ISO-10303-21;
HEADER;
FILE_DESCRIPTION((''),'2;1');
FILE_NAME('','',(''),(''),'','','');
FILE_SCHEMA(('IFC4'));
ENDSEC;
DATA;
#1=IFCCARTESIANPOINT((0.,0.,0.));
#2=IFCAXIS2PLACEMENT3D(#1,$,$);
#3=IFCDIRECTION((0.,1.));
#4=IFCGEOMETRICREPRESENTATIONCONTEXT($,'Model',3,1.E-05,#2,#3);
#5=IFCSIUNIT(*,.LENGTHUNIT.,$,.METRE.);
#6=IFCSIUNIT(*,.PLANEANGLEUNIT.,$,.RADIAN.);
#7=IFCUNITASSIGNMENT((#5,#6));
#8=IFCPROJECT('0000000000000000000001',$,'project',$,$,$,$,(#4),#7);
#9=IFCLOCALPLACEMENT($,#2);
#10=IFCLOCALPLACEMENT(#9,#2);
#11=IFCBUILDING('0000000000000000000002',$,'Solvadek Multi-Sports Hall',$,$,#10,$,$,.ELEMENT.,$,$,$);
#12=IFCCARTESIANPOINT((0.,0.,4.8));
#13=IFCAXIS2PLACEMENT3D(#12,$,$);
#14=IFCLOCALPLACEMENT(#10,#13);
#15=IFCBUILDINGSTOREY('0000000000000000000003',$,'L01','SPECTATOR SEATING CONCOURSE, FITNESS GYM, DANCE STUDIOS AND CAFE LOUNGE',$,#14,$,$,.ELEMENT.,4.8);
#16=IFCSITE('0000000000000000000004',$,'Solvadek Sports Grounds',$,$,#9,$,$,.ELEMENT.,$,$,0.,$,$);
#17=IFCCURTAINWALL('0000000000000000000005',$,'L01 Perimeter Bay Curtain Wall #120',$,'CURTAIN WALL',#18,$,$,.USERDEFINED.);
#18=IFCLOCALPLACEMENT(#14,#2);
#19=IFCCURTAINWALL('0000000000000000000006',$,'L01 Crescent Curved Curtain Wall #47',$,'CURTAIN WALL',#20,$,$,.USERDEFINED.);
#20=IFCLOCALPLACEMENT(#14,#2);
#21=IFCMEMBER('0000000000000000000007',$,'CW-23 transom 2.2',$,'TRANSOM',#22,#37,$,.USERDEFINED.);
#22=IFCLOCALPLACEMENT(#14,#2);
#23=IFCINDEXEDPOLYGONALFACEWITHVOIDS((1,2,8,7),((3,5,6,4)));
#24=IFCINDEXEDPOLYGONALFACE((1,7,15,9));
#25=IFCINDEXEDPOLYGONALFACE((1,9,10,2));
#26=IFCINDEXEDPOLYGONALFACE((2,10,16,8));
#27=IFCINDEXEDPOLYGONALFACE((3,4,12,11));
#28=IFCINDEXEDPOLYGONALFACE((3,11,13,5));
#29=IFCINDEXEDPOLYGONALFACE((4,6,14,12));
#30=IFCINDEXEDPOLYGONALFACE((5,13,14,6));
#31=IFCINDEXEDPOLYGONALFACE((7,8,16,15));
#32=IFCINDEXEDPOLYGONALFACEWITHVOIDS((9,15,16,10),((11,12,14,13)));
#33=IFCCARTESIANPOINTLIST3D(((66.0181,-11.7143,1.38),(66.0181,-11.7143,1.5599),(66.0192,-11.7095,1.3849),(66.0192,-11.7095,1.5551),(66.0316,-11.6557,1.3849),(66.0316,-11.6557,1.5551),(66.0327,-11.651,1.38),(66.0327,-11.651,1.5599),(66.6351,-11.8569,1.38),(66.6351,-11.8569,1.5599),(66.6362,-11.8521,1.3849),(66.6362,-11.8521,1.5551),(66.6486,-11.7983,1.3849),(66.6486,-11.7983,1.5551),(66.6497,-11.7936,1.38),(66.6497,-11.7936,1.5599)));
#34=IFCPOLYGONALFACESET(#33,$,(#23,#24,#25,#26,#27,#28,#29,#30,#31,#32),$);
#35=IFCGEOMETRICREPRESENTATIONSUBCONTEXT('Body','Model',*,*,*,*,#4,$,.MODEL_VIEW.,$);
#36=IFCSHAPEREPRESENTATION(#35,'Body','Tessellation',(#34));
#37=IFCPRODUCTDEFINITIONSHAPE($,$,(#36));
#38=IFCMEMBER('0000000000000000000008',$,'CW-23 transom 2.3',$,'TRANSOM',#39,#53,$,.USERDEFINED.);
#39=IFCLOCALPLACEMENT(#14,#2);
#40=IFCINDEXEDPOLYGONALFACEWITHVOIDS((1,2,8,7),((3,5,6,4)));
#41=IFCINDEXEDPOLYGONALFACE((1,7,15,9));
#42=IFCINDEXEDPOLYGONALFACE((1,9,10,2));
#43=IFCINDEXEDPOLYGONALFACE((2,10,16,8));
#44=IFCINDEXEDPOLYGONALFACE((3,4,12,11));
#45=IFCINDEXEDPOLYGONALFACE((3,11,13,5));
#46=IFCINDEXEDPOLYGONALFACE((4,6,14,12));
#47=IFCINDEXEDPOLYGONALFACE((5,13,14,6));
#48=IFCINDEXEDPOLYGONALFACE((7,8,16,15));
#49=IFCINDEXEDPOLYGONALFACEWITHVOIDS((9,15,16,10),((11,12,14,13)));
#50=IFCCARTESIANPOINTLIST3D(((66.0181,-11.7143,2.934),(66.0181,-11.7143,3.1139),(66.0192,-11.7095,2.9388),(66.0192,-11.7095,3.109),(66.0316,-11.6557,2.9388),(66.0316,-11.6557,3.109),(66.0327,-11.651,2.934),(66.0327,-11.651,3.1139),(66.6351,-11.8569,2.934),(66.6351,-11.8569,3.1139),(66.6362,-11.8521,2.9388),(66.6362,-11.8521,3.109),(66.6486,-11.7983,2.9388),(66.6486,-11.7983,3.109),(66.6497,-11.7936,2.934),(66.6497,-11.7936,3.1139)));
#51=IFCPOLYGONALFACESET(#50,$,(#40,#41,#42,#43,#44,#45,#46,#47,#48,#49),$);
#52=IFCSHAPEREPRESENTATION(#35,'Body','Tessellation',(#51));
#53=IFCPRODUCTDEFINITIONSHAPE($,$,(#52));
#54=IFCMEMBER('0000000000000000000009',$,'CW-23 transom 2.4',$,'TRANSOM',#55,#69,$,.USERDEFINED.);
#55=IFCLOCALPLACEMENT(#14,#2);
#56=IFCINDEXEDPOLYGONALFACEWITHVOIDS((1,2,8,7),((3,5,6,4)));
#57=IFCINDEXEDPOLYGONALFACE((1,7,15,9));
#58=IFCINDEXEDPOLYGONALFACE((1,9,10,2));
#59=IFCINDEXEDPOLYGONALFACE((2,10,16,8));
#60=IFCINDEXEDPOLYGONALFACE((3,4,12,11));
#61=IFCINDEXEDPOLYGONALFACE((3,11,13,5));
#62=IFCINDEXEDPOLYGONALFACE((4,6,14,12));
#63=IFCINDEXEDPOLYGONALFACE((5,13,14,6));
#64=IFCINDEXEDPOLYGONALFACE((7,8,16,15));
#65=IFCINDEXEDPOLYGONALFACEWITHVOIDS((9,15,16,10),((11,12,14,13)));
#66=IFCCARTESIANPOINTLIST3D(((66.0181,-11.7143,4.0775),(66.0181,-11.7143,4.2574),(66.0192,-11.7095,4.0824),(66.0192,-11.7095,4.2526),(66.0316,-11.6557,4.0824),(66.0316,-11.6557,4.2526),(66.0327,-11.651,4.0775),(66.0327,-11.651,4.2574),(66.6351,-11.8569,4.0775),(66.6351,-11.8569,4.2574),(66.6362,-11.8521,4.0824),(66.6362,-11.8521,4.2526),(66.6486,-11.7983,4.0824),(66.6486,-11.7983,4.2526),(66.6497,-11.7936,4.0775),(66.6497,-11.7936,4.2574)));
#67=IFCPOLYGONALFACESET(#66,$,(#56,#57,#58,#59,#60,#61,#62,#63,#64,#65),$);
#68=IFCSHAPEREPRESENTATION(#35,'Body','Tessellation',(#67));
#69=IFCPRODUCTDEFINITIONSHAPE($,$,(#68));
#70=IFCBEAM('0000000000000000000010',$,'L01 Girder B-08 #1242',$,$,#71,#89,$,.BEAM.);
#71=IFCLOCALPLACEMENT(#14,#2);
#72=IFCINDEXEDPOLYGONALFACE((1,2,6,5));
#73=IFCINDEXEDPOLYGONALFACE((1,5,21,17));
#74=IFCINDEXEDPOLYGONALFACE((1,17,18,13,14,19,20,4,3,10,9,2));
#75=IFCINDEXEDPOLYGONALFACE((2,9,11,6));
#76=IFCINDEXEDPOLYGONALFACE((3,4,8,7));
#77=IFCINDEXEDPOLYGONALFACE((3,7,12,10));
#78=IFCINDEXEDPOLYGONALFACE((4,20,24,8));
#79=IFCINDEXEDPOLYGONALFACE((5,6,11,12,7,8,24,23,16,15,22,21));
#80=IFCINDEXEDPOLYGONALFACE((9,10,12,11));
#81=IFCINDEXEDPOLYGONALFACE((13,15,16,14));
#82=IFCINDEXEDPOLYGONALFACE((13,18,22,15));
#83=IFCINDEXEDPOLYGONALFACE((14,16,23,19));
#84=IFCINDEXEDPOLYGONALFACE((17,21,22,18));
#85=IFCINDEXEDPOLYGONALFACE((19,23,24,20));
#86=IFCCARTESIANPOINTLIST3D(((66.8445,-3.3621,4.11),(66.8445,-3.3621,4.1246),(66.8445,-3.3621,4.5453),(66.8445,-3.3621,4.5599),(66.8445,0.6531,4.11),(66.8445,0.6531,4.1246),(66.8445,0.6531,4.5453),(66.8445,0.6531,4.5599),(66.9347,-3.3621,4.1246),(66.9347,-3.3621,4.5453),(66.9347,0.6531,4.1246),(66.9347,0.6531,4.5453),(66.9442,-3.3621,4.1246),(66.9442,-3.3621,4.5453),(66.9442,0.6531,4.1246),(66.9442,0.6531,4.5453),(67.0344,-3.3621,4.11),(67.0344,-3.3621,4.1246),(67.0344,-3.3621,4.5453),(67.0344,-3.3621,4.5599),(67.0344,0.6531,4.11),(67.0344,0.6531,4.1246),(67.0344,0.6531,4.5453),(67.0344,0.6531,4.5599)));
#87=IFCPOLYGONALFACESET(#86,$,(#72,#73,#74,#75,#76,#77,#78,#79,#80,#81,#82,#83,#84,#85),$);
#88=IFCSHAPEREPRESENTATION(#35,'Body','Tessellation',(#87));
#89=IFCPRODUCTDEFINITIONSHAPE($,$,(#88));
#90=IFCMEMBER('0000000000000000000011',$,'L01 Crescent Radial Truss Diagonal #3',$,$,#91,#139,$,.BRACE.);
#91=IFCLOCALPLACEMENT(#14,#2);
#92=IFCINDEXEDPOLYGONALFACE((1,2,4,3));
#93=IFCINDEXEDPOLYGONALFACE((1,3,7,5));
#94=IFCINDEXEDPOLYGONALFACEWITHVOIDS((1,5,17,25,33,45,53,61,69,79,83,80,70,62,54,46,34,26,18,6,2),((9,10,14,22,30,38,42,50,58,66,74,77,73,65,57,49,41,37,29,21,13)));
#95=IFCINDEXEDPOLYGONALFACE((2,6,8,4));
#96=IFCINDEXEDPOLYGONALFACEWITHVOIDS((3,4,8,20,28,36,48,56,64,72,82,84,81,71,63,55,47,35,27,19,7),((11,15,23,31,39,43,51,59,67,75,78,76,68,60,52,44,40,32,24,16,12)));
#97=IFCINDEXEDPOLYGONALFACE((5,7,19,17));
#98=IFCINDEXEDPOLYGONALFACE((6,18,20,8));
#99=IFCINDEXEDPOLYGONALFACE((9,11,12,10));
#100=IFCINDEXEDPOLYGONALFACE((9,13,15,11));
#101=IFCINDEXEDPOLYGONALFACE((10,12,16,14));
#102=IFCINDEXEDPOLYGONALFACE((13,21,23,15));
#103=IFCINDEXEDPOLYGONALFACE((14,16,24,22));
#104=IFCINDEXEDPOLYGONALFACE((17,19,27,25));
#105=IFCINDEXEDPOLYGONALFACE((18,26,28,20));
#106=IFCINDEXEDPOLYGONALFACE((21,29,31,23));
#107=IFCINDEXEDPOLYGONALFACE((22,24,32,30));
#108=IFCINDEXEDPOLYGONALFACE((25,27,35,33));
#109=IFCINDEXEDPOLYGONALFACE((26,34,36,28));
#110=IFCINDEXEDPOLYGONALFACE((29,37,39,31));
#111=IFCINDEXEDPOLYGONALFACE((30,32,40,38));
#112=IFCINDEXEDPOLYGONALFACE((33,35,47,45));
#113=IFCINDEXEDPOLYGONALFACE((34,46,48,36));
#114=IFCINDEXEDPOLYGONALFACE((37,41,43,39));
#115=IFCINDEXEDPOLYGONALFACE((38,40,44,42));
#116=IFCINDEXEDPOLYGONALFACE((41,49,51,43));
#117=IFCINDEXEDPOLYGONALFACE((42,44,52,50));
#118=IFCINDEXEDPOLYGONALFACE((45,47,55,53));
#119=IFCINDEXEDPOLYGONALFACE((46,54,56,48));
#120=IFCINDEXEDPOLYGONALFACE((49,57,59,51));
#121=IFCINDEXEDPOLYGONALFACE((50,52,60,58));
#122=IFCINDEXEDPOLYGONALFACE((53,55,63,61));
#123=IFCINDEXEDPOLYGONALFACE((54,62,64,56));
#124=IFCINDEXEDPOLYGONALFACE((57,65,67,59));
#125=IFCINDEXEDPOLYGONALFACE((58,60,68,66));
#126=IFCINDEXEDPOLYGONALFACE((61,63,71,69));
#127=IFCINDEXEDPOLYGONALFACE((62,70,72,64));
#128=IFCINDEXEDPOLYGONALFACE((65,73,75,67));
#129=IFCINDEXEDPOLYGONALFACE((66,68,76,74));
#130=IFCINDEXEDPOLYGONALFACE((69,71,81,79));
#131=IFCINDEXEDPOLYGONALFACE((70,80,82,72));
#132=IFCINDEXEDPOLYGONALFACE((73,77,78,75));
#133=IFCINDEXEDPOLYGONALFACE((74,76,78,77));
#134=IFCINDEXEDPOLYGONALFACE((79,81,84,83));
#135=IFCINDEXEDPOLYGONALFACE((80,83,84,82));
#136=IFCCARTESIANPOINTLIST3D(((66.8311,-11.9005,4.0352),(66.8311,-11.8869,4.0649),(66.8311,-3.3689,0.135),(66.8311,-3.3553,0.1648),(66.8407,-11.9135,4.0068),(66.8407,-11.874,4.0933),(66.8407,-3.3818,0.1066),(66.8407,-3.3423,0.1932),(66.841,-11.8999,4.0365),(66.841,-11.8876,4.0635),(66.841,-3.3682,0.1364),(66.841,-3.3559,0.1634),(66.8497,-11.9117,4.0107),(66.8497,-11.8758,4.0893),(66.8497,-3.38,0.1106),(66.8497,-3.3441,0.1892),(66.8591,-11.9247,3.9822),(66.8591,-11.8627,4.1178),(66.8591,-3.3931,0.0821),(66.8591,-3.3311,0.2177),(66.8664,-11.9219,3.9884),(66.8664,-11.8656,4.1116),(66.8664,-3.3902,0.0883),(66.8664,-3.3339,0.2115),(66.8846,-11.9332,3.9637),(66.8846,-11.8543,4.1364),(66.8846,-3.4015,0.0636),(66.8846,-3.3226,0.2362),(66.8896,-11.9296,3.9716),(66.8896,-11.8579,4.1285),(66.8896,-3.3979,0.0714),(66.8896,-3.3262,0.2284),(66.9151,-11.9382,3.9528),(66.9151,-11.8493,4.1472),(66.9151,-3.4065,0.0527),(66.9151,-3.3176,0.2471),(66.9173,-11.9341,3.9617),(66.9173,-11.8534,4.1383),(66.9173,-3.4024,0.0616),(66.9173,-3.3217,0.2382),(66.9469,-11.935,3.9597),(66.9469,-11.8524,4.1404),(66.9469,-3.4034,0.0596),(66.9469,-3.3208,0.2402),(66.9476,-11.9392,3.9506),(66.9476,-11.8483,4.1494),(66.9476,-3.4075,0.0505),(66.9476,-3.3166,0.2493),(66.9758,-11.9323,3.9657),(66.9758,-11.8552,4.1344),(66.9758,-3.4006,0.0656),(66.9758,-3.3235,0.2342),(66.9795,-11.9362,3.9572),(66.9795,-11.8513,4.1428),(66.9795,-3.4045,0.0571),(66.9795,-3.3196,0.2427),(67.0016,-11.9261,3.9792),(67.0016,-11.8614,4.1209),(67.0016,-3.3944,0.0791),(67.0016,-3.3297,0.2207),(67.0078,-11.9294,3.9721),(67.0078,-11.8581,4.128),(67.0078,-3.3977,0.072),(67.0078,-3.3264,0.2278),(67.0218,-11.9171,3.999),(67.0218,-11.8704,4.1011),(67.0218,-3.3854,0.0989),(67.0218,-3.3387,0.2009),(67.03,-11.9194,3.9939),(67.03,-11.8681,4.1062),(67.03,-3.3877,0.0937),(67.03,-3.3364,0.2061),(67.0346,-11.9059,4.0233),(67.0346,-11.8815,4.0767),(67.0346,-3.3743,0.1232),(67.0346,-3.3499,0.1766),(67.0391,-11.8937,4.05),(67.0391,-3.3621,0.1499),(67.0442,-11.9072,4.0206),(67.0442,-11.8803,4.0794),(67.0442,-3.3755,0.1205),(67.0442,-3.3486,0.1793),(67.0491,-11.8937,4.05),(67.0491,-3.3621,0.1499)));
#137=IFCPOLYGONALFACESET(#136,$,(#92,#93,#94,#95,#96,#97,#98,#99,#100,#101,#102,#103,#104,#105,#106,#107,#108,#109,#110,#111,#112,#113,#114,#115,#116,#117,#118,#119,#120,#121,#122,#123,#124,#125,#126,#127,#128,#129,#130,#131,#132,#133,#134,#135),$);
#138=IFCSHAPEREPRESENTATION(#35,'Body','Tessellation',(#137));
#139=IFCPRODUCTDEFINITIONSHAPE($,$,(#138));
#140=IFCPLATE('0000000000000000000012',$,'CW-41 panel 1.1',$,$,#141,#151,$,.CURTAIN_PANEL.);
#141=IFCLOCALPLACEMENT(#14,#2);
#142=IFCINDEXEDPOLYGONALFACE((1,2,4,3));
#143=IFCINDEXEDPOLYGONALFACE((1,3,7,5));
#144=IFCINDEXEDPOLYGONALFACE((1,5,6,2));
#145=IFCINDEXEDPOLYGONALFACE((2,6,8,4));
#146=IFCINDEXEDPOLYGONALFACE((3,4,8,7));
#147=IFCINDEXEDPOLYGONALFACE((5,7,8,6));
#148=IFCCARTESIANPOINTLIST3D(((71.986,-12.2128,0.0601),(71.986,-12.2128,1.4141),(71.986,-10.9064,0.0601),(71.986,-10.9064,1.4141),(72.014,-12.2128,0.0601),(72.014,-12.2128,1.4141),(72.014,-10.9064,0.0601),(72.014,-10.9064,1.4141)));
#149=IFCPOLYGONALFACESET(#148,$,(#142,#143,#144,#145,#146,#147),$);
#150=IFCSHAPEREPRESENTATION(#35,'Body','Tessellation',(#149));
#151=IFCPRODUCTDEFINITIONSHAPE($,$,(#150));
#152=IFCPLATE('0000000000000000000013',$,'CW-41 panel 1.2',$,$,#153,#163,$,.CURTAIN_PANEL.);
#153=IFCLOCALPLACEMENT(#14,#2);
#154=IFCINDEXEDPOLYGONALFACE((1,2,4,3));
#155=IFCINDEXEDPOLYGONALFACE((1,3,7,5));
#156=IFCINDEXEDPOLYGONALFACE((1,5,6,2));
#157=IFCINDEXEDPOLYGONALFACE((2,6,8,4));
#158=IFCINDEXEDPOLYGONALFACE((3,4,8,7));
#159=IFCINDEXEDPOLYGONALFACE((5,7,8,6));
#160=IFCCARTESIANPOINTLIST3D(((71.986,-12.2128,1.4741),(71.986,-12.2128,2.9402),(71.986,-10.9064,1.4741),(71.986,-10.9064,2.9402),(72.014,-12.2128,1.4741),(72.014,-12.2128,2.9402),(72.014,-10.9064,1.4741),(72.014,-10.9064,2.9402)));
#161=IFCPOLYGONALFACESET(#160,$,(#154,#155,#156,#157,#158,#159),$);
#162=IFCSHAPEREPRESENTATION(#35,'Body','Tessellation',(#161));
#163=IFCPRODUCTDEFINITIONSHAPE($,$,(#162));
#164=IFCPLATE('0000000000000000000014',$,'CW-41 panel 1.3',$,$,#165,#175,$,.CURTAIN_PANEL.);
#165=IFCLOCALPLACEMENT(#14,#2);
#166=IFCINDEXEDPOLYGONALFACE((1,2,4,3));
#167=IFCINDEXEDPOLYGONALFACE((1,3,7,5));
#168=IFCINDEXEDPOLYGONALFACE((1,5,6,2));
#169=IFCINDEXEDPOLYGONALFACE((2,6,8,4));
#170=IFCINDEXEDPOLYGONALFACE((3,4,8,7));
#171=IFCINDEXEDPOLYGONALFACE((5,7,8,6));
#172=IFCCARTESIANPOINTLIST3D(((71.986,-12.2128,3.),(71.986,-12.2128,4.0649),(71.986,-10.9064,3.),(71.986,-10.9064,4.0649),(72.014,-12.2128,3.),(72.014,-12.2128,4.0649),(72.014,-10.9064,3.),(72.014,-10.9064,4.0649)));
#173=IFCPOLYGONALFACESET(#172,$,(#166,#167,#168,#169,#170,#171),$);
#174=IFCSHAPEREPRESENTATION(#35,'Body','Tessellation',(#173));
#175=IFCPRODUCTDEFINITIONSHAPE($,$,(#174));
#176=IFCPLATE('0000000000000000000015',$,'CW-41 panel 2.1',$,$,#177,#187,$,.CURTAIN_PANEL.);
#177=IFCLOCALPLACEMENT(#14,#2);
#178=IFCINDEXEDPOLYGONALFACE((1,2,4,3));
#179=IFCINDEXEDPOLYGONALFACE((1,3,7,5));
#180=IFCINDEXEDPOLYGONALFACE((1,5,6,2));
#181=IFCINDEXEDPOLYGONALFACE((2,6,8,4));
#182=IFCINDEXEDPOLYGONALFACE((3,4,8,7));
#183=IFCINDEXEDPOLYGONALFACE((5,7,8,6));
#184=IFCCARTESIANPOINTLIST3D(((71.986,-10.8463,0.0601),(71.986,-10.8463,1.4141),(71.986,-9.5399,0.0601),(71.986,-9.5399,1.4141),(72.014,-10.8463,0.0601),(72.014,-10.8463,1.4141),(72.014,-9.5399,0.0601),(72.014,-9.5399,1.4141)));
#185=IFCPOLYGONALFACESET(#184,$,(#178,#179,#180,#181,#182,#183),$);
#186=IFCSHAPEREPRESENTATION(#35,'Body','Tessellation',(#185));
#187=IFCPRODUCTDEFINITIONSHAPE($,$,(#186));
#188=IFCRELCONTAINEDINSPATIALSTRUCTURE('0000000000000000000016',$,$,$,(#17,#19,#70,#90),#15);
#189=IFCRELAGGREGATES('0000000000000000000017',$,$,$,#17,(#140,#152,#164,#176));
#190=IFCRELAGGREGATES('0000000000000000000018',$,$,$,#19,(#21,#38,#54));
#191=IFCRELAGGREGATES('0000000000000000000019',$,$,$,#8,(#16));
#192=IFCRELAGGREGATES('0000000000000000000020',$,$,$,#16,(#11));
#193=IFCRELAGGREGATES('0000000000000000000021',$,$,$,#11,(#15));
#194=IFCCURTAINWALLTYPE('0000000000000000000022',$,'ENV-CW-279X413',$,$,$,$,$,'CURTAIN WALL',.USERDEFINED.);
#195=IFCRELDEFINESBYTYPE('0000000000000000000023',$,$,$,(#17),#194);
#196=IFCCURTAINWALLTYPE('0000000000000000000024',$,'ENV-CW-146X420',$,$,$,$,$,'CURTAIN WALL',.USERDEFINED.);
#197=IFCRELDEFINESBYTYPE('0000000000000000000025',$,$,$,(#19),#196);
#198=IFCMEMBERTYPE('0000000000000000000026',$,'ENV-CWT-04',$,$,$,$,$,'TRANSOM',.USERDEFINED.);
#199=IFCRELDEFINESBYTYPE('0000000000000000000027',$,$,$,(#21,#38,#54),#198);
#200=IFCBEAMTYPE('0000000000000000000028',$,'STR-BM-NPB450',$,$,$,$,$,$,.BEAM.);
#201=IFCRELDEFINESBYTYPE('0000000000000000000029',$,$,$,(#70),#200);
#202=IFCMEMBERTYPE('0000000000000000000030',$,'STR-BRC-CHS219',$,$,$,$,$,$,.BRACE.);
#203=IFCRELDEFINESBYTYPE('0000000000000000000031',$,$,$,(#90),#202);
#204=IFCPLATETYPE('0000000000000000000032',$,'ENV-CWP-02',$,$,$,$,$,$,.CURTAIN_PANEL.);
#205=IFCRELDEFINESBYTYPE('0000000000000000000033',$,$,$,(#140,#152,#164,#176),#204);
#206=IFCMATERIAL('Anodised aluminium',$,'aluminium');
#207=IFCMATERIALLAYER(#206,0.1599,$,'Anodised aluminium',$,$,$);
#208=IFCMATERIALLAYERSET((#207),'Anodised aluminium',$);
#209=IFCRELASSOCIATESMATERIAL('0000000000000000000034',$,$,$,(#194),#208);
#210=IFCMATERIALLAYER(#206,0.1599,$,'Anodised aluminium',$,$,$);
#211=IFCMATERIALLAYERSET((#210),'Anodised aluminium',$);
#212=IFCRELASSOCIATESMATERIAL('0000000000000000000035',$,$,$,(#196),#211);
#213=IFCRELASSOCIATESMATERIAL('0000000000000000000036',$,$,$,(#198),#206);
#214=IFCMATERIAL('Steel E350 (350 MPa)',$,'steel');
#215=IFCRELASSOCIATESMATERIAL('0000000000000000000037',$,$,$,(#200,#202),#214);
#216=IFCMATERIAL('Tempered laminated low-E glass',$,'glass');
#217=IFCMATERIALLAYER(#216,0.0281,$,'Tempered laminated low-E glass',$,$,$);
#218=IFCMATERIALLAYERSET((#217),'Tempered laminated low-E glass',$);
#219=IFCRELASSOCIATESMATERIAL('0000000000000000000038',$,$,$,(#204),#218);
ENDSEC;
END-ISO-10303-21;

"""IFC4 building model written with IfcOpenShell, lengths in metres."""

from ifc_helpers import new_model, si_unit, direction, frame, origin, origin_2d, place, context, subcontext, project, spatial, rectangle, hollow_rectangle, hollow_circle, i_section, extrude, material, layer, layer_set, material_profile, profile_set, type_object, element, aggregate, save


model = new_model("IFC4")

# Units and contexts
model_context = context("Model", 3, precision=1e-05, world=origin(), true_north=direction((0.0, 1.0)))
body_context = subcontext(model_context, "Body", "Model", "MODEL_VIEW")
ifc_project = project(units=[si_unit("LENGTHUNIT", "METRE"), si_unit("PLANEANGLEUNIT", "RADIAN")], contexts=[model_context])

# Site, building, storey
site_placement = place(None, origin())
site = spatial("IfcSite", under=ifc_project, at=site_placement, Name="Solvadek Sports Grounds", CompositionType="ELEMENT", RefElevation=0.0)
building_placement = place(site_placement, origin())
building = spatial("IfcBuilding", under=site, at=building_placement, Name="Solvadek Multi-Sports Hall", CompositionType="ELEMENT")
storey_placement = place(building_placement, frame((0.0, 0.0, 4.8)))
storey = spatial("IfcBuildingStorey", under=building, at=storey_placement, Name="L01", Description="SPECTATOR SEATING CONCOURSE, FITNESS GYM, DANCE STUDIOS AND CAFE LOUNGE", CompositionType="ELEMENT", Elevation=4.8)

# Shared definitions
ifc_material_1 = material(Name="Steel E350 (350 MPa)", Category="steel")

# Curtain walls
ifc_material_2 = material(Name="Anodised aluminium", Category="aluminium")
ifc_layer_1 = layer(ifc_material_2, 0.1599, Name="Anodised aluminium")
ifc_layer_set_1 = layer_set([ifc_layer_1], Name="Anodised aluminium")
curtain_wall_type_1 = type_object("IfcCurtainWallType", Name="ENV-CW-279X413", ElementType="CURTAIN WALL", PredefinedType="USERDEFINED", material=ifc_layer_set_1)
curtain_wall_1_placement = place(storey_placement, origin())
curtain_wall_1 = element("IfcCurtainWall", 1, at=curtain_wall_1_placement, inside=storey, type_object=curtain_wall_type_1, Name="L01 Perimeter Bay Curtain Wall #120", ObjectType="CURTAIN WALL", PredefinedType="USERDEFINED")
ifc_layer_2 = layer(ifc_material_2, 0.1599, Name="Anodised aluminium")
ifc_layer_set_2 = layer_set([ifc_layer_2], Name="Anodised aluminium")
curtain_wall_type_2 = type_object("IfcCurtainWallType", Name="ENV-CW-146X420", ElementType="CURTAIN WALL", PredefinedType="USERDEFINED", material=ifc_layer_set_2)
curtain_wall_2_placement = place(storey_placement, origin())
curtain_wall_2 = element("IfcCurtainWall", 2, at=curtain_wall_2_placement, inside=storey, type_object=curtain_wall_type_2, Name="L01 Crescent Curved Curtain Wall #47", ObjectType="CURTAIN WALL", PredefinedType="USERDEFINED")

# Members
ifc_material_profile_1 = material_profile(ifc_material_2, hollow_rectangle(XDim=0.0649, YDim=0.1799, WallThickness=0.0049, at=origin_2d()), Name="ALU-T 180x65x5")
ifc_profile_set_1 = profile_set([ifc_material_profile_1], Name="Anodised aluminium")
member_type_1 = type_object("IfcMemberType", Name="ENV-CWT-04", ElementType="TRANSOM", PredefinedType="USERDEFINED", material=ifc_profile_set_1)
member_1_placement = place(storey_placement, frame((66.0254, -11.6826, 1.47), z_axis=(0.97432, -0.225169, 0.0), x_axis=(0.225169, 0.97432, 0.0)))
member_1 = element("IfcMember", 3, at=member_1_placement, type_object=member_type_1, Name="CW-23 transom 2.2", ObjectType="TRANSOM", PredefinedType="USERDEFINED", context=body_context, shape_type="SweptSolid", body=[
    extrude(hollow_rectangle(XDim=0.0649, YDim=0.1799, WallThickness=0.0049, at=origin_2d()), origin(), (0.0, 0.0, 1.0), 0.6333),
])
member_2_placement = place(storey_placement, frame((66.0254, -11.6826, 3.0239), z_axis=(0.97432, -0.225169, 0.0), x_axis=(0.225169, 0.97432, 0.0)))
member_2 = element("IfcMember", 4, at=member_2_placement, type_object=member_type_1, Name="CW-23 transom 2.3", ObjectType="TRANSOM", PredefinedType="USERDEFINED", context=body_context, shape_type="SweptSolid", body=[
    extrude(hollow_rectangle(XDim=0.0649, YDim=0.1799, WallThickness=0.0049, at=origin_2d()), origin(), (0.0, 0.0, 1.0), 0.6333),
])
member_3_placement = place(storey_placement, frame((66.0254, -11.6826, 4.1675), z_axis=(0.97432, -0.225169, 0.0), x_axis=(0.225169, 0.97432, 0.0)))
member_3 = element("IfcMember", 5, at=member_3_placement, type_object=member_type_1, Name="CW-23 transom 2.4", ObjectType="TRANSOM", PredefinedType="USERDEFINED", context=body_context, shape_type="SweptSolid", body=[
    extrude(hollow_rectangle(XDim=0.0649, YDim=0.1799, WallThickness=0.0049, at=origin_2d()), origin(), (0.0, 0.0, 1.0), 0.6333),
])

# Beam
ifc_material_profile_2 = material_profile(ifc_material_1, i_section(OverallWidth=0.1899, OverallDepth=0.45, WebThickness=0.0095, FlangeThickness=0.0146, at=origin_2d()), Name="NPB 450")
ifc_profile_set_2 = profile_set([ifc_material_profile_2], Name="Steel E350 (350 MPa)")
beam_type = type_object("IfcBeamType", Name="STR-BM-NPB450", PredefinedType="BEAM", material=ifc_profile_set_2)
beam_placement = place(storey_placement, frame((66.9395, -3.3621, 4.335), z_axis=(0.0, 1.0, 0.0), x_axis=(-1.0, 0.0, 0.0)))
element("IfcBeam", 6, at=beam_placement, inside=storey, type_object=beam_type, Name="L01 Girder B-08 #1242", PredefinedType="BEAM", context=body_context, shape_type="SweptSolid", body=[
    extrude(i_section(OverallWidth=0.1899, OverallDepth=0.45, WebThickness=0.0095, FlangeThickness=0.0146, at=origin_2d()), origin(), (0.0, 0.0, 1.0), 4.0151),
])

# Member
ifc_material_profile_3 = material_profile(ifc_material_1, hollow_circle(Radius=0.1096, WallThickness=0.01, at=origin_2d()), Name="CHS 219.1x10")
ifc_profile_set_3 = profile_set([ifc_material_profile_3], Name="Steel E350 (350 MPa)")
member_type_2 = type_object("IfcMemberType", Name="STR-BRC-CHS219", PredefinedType="BRACE", material=ifc_profile_set_3)
member_4_placement = place(storey_placement, frame((66.9395, -3.3621, 0.1499), z_axis=(0.0, -0.909478, 0.415753), x_axis=(1.0, 0.0, 0.0)))
element("IfcMember", 7, at=member_4_placement, inside=storey, type_object=member_type_2, Name="L01 Crescent Radial Truss Diagonal #3", PredefinedType="BRACE", context=body_context, shape_type="SweptSolid", body=[
    extrude(hollow_circle(Radius=0.1096, WallThickness=0.01, at=origin_2d()), origin(), (0.0, 0.0, 1.0), 9.3809),
])

# Plates
ifc_material_3 = material(Name="Tempered laminated low-E glass", Category="glass")
ifc_layer_3 = layer(ifc_material_3, 0.0281, Name="Tempered laminated low-E glass")
ifc_layer_set_3 = layer_set([ifc_layer_3], Name="Tempered laminated low-E glass")
plate_type_1 = type_object("IfcPlateType", Name="ENV-CWP-02", PredefinedType="CURTAIN_PANEL", material=ifc_layer_set_3)
plate_1_placement = place(storey_placement, frame((72.0, -11.5596, 0.0601), z_axis=(0.0, 0.0, 1.0), x_axis=(0.0, 1.0, 0.0)))
plate_1 = element("IfcPlate", 8, at=plate_1_placement, type_object=plate_type_1, Name="CW-41 panel 1.1", PredefinedType="CURTAIN_PANEL", context=body_context, shape_type="SweptSolid", body=[
    extrude(rectangle(XDim=1.3064, YDim=0.0281, at=origin_2d()), origin(), (0.0, 0.0, 1.0), 1.354),
])
plate_2_placement = place(storey_placement, frame((72.0, -11.5596, 1.4741), z_axis=(0.0, 0.0, 1.0), x_axis=(0.0, 1.0, 0.0)))
plate_2 = element("IfcPlate", 9, at=plate_2_placement, type_object=plate_type_1, Name="CW-41 panel 1.2", PredefinedType="CURTAIN_PANEL", context=body_context, shape_type="SweptSolid", body=[
    extrude(rectangle(XDim=1.3064, YDim=0.0281, at=origin_2d()), origin(), (0.0, 0.0, 1.0), 1.4661),
])
plate_3_placement = place(storey_placement, frame((72.0, -11.5596, 3.0), z_axis=(0.0, 0.0, 1.0), x_axis=(0.0, 1.0, 0.0)))
plate_3 = element("IfcPlate", 10, at=plate_3_placement, type_object=plate_type_1, Name="CW-41 panel 1.3", PredefinedType="CURTAIN_PANEL", context=body_context, shape_type="SweptSolid", body=[
    extrude(rectangle(XDim=1.3064, YDim=0.0281, at=origin_2d()), origin(), (0.0, 0.0, 1.0), 1.0649),
])
plate_4_placement = place(storey_placement, frame((72.0, -10.1931, 0.0601), z_axis=(0.0, 0.0, 1.0), x_axis=(0.0, 1.0, 0.0)))
plate_4 = element("IfcPlate", 11, at=plate_4_placement, type_object=plate_type_1, Name="CW-41 panel 2.1", PredefinedType="CURTAIN_PANEL", context=body_context, shape_type="SweptSolid", body=[
    extrude(rectangle(XDim=1.3064, YDim=0.0281, at=origin_2d()), origin(), (0.0, 0.0, 1.0), 1.354),
])
aggregate(curtain_wall_1, [plate_1, plate_2, plate_3, plate_4])
aggregate(curtain_wall_2, [member_1, member_2, member_3])

save(model, "model.ifc")
